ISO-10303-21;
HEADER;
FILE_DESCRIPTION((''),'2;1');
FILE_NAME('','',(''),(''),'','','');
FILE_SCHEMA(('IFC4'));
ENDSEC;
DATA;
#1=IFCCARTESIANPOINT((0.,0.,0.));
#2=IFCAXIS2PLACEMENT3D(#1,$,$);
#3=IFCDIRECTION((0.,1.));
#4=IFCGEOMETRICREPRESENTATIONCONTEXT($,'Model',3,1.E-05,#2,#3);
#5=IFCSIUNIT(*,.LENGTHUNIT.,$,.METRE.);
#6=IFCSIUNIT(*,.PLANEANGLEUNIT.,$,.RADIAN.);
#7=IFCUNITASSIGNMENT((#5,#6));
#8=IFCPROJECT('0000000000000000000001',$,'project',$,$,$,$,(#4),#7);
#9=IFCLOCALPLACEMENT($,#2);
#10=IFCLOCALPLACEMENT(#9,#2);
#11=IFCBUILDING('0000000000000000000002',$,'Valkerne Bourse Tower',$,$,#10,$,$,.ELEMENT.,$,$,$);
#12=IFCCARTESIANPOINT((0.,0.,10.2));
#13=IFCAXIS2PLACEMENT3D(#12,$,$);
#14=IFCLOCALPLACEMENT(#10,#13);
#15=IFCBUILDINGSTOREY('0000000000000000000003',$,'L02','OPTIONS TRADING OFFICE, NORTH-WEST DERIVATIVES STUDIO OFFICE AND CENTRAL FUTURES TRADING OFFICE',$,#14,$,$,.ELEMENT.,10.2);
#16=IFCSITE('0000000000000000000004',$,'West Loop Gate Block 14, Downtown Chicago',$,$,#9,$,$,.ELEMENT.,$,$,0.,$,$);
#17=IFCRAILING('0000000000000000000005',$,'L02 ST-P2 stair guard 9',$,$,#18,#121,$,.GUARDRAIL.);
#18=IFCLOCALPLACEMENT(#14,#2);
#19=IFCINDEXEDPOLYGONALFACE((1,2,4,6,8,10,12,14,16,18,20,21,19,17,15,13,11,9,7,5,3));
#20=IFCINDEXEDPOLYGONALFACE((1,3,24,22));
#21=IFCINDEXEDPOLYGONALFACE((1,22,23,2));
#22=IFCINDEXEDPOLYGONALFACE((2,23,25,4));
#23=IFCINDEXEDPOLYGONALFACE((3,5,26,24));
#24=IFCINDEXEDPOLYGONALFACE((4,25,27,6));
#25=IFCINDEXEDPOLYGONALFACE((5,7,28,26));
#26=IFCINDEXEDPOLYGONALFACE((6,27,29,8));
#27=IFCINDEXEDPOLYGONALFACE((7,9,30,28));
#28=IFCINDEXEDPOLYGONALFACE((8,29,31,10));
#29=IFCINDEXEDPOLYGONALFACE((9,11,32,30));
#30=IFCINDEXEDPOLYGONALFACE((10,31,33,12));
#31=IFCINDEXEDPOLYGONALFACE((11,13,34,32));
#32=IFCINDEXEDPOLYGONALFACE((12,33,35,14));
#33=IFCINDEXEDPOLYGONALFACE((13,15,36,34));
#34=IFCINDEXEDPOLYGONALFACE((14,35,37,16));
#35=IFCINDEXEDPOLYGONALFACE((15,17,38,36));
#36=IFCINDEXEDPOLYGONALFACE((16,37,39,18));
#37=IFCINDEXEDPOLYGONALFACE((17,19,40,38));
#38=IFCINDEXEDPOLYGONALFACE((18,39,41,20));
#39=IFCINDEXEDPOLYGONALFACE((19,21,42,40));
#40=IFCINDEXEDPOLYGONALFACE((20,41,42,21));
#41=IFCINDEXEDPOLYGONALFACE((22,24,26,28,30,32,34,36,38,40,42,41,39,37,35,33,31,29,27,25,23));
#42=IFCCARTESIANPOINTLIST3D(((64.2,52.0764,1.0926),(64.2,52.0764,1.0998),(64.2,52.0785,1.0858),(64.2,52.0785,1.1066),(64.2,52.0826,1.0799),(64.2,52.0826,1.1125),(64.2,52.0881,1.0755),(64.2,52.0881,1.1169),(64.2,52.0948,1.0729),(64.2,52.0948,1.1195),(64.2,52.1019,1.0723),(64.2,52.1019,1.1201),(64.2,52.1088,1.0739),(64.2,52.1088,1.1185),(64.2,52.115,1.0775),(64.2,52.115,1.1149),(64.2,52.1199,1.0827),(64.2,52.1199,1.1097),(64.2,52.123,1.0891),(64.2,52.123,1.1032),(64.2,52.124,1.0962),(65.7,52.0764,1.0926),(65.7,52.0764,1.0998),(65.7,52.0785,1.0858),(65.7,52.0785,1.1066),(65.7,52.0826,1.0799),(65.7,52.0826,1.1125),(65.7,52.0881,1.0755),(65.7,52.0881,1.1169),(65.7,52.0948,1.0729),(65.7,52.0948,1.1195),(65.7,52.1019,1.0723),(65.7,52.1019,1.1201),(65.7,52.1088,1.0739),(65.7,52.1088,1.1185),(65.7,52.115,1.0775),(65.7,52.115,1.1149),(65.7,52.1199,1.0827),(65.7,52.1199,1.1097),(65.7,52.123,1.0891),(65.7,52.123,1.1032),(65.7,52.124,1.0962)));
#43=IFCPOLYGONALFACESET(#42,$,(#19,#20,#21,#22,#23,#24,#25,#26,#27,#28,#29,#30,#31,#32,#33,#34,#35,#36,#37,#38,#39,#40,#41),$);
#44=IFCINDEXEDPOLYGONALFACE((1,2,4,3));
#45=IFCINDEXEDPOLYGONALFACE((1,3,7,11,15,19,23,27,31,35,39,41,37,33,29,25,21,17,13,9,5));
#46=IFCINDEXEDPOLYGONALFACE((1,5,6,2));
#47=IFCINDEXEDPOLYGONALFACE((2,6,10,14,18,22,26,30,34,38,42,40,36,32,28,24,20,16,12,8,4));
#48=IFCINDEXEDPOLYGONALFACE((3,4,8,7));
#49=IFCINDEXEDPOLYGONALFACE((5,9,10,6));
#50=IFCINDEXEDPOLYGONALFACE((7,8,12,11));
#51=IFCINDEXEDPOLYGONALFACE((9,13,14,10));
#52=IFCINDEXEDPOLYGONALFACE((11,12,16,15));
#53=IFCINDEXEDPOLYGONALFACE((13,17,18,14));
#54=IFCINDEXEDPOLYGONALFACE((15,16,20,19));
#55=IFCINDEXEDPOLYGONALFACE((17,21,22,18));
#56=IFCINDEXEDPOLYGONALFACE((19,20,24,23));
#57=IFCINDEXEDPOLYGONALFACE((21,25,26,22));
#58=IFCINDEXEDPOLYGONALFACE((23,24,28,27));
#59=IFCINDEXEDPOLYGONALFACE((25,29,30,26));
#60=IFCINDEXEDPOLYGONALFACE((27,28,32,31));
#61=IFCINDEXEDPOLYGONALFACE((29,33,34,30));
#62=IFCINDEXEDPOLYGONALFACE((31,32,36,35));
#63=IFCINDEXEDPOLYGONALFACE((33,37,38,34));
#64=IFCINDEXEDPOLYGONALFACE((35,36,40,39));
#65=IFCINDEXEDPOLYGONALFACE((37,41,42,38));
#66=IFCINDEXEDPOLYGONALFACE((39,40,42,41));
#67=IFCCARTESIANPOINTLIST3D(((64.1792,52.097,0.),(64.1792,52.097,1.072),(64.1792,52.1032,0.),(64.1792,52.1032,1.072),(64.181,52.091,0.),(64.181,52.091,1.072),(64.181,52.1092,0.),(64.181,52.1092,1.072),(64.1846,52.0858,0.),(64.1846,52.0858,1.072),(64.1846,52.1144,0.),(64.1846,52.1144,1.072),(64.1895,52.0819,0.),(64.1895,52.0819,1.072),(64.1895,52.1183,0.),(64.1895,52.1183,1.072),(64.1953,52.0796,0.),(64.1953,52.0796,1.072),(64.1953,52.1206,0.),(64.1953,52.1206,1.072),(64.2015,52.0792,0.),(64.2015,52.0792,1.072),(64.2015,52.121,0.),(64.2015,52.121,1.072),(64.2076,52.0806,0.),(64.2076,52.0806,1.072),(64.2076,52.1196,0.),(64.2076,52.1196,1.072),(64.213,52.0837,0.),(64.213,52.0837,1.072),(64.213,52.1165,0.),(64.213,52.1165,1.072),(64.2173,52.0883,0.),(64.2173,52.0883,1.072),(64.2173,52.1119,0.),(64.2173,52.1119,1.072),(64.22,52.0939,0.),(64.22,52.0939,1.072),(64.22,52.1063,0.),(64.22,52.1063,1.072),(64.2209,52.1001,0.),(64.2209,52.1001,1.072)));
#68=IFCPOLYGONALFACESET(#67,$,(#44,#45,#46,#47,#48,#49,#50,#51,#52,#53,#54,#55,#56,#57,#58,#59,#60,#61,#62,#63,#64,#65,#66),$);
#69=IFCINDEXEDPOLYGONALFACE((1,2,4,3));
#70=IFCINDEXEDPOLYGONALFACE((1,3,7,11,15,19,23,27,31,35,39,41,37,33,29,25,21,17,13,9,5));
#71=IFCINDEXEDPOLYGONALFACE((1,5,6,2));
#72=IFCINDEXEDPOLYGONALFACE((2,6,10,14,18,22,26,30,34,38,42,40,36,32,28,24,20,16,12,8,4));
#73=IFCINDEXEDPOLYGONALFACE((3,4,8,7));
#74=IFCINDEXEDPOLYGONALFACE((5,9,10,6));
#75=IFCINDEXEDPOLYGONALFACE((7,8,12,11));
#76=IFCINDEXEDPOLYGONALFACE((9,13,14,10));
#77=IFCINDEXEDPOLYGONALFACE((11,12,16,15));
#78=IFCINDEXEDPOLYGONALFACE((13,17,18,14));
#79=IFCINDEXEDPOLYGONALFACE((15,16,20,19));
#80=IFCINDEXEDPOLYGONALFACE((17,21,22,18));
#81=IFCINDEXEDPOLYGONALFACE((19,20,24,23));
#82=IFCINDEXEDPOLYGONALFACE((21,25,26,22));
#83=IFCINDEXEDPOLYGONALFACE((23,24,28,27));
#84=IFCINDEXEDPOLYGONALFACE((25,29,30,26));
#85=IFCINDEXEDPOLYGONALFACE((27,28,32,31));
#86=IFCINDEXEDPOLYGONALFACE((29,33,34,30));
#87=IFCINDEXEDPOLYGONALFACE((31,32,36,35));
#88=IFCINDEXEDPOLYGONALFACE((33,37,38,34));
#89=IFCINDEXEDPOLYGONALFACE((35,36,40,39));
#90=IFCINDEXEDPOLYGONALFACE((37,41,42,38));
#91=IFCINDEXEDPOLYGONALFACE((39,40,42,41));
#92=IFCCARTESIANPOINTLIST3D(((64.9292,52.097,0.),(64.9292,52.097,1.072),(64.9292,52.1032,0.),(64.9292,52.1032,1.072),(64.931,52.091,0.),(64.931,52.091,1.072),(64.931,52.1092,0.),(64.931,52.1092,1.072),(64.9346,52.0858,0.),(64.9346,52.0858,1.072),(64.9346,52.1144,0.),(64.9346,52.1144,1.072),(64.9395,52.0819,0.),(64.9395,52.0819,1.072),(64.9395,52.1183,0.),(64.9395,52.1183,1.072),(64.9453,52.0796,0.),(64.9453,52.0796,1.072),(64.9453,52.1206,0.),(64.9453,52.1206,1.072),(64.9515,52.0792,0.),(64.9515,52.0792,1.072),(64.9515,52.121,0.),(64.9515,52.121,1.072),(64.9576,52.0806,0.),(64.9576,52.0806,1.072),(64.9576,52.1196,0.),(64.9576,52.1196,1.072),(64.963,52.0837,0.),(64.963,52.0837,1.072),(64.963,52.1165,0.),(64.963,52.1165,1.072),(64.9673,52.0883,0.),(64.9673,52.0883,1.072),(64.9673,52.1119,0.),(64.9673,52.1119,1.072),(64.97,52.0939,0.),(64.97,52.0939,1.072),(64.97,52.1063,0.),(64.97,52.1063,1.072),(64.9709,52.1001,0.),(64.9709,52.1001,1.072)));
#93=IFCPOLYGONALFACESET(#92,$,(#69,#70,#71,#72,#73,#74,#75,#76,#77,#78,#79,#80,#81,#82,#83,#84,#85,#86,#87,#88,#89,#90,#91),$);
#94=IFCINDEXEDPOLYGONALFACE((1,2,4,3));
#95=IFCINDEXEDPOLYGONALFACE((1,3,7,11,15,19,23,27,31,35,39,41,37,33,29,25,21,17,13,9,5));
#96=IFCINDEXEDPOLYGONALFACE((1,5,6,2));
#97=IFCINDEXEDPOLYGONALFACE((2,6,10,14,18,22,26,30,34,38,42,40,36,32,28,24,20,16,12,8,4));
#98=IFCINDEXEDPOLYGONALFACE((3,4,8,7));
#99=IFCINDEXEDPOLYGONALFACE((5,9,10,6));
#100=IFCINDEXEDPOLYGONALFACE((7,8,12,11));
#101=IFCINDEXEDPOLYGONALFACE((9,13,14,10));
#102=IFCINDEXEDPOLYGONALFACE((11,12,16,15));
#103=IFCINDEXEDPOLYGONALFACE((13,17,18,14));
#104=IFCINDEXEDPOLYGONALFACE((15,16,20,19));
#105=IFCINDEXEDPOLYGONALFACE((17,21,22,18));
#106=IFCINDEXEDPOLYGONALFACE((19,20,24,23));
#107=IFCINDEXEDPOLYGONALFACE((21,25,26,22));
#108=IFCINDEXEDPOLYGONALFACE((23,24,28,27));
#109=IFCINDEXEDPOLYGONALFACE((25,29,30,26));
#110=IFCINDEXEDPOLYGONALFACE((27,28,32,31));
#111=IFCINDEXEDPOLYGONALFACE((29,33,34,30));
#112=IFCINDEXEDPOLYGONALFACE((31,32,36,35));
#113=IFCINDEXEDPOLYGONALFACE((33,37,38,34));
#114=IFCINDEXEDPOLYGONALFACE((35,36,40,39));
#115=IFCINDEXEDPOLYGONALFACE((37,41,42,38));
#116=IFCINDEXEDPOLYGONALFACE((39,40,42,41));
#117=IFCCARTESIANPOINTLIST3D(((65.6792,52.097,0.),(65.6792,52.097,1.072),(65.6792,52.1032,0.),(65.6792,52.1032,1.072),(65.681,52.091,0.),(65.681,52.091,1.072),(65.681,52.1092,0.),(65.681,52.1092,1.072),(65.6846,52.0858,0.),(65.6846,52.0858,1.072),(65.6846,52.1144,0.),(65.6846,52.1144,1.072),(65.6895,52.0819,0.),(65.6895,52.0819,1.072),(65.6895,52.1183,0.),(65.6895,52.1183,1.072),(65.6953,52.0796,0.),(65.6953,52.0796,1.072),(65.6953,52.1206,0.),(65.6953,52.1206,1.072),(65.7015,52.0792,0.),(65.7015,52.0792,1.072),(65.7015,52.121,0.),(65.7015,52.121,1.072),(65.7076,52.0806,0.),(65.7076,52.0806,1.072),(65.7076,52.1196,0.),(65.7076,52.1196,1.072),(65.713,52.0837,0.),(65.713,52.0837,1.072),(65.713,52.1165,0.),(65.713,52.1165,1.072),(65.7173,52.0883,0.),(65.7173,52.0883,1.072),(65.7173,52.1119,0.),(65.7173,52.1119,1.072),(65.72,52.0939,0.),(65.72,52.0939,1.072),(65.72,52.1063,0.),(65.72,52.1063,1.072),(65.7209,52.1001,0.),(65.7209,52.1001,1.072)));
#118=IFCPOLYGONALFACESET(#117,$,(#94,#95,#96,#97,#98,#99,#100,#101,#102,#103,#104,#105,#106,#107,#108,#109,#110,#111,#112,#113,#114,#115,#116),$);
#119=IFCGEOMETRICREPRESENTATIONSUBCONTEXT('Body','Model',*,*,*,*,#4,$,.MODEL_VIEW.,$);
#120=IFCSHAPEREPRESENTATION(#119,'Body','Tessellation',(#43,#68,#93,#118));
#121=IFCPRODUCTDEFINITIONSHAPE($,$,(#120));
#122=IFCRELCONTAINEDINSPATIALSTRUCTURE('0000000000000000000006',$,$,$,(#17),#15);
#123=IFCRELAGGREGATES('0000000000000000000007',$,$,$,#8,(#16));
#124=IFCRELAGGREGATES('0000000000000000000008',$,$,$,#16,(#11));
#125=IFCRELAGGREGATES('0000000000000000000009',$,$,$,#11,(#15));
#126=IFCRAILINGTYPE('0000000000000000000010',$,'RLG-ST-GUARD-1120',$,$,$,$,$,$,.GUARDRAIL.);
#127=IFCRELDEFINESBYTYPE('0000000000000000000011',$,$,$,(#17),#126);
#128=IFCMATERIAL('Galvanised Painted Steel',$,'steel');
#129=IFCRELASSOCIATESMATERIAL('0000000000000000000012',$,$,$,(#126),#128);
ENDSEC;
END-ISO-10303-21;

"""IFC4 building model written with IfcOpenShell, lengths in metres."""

from ifc_helpers import new_model, si_unit, direction, frame, origin, origin_2d, place, context, subcontext, project, spatial, circle, extrude, material, type_object, element, save


model = new_model("IFC4")

# Units and contexts
model_context = context("Model", 3, precision=1e-05, world=origin(), true_north=direction((0.0, 1.0)))
body_context = subcontext(model_context, "Body", "Model", "MODEL_VIEW")
ifc_project = project(units=[si_unit("LENGTHUNIT", "METRE"), si_unit("PLANEANGLEUNIT", "RADIAN")], contexts=[model_context])

# Site, building, storey
site_placement = place(None, origin())
site = spatial("IfcSite", under=ifc_project, at=site_placement, Name="West Loop Gate Block 14, Downtown Chicago", CompositionType="ELEMENT", RefElevation=0.0)
building_placement = place(site_placement, origin())
building = spatial("IfcBuilding", under=site, at=building_placement, Name="Valkerne Bourse Tower", CompositionType="ELEMENT")
storey_placement = place(building_placement, frame((0.0, 0.0, 10.2)))
storey = spatial("IfcBuildingStorey", under=building, at=storey_placement, Name="L02", Description="OPTIONS TRADING OFFICE, NORTH-WEST DERIVATIVES STUDIO OFFICE AND CENTRAL FUTURES TRADING OFFICE", CompositionType="ELEMENT", Elevation=10.2)

# Railing
ifc_material_1 = material(Name="Galvanised Painted Steel", Category="steel")
railing_type_1 = type_object("IfcRailingType", Name="RLG-ST-GUARD-1120", PredefinedType="GUARDRAIL", material=ifc_material_1)
for number, where, name in (
    (1, (64.2, 52.1001, 0.0), "L02 ST-P2 stair guard 9"),
):
    element("IfcRailing", number, at=place(storey_placement, frame(where)), inside=storey, type_object=railing_type_1, Name=name, PredefinedType="GUARDRAIL", context=body_context, shape_type="SweptSolid", body=[
        extrude(circle(Radius=0.0239, at=origin_2d()), frame((0.0, 0.0, 1.0962), z_axis=(1.0, 0.0, 0.0), x_axis=(0.0, 1.0, 0.0)), (0.0, 0.0, 1.0), 1.5),
        extrude(circle(Radius=0.021, at=origin_2d()), origin(), (0.0, 0.0, 1.0), 1.072),
        extrude(circle(Radius=0.021, at=origin_2d()), frame((0.75, 0.0, 0.0)), (0.0, 0.0, 1.0), 1.072),
        extrude(circle(Radius=0.021, at=origin_2d()), frame((1.5, 0.0, 0.0)), (0.0, 0.0, 1.0), 1.072),
    ])

save(model, "model.ifc")
